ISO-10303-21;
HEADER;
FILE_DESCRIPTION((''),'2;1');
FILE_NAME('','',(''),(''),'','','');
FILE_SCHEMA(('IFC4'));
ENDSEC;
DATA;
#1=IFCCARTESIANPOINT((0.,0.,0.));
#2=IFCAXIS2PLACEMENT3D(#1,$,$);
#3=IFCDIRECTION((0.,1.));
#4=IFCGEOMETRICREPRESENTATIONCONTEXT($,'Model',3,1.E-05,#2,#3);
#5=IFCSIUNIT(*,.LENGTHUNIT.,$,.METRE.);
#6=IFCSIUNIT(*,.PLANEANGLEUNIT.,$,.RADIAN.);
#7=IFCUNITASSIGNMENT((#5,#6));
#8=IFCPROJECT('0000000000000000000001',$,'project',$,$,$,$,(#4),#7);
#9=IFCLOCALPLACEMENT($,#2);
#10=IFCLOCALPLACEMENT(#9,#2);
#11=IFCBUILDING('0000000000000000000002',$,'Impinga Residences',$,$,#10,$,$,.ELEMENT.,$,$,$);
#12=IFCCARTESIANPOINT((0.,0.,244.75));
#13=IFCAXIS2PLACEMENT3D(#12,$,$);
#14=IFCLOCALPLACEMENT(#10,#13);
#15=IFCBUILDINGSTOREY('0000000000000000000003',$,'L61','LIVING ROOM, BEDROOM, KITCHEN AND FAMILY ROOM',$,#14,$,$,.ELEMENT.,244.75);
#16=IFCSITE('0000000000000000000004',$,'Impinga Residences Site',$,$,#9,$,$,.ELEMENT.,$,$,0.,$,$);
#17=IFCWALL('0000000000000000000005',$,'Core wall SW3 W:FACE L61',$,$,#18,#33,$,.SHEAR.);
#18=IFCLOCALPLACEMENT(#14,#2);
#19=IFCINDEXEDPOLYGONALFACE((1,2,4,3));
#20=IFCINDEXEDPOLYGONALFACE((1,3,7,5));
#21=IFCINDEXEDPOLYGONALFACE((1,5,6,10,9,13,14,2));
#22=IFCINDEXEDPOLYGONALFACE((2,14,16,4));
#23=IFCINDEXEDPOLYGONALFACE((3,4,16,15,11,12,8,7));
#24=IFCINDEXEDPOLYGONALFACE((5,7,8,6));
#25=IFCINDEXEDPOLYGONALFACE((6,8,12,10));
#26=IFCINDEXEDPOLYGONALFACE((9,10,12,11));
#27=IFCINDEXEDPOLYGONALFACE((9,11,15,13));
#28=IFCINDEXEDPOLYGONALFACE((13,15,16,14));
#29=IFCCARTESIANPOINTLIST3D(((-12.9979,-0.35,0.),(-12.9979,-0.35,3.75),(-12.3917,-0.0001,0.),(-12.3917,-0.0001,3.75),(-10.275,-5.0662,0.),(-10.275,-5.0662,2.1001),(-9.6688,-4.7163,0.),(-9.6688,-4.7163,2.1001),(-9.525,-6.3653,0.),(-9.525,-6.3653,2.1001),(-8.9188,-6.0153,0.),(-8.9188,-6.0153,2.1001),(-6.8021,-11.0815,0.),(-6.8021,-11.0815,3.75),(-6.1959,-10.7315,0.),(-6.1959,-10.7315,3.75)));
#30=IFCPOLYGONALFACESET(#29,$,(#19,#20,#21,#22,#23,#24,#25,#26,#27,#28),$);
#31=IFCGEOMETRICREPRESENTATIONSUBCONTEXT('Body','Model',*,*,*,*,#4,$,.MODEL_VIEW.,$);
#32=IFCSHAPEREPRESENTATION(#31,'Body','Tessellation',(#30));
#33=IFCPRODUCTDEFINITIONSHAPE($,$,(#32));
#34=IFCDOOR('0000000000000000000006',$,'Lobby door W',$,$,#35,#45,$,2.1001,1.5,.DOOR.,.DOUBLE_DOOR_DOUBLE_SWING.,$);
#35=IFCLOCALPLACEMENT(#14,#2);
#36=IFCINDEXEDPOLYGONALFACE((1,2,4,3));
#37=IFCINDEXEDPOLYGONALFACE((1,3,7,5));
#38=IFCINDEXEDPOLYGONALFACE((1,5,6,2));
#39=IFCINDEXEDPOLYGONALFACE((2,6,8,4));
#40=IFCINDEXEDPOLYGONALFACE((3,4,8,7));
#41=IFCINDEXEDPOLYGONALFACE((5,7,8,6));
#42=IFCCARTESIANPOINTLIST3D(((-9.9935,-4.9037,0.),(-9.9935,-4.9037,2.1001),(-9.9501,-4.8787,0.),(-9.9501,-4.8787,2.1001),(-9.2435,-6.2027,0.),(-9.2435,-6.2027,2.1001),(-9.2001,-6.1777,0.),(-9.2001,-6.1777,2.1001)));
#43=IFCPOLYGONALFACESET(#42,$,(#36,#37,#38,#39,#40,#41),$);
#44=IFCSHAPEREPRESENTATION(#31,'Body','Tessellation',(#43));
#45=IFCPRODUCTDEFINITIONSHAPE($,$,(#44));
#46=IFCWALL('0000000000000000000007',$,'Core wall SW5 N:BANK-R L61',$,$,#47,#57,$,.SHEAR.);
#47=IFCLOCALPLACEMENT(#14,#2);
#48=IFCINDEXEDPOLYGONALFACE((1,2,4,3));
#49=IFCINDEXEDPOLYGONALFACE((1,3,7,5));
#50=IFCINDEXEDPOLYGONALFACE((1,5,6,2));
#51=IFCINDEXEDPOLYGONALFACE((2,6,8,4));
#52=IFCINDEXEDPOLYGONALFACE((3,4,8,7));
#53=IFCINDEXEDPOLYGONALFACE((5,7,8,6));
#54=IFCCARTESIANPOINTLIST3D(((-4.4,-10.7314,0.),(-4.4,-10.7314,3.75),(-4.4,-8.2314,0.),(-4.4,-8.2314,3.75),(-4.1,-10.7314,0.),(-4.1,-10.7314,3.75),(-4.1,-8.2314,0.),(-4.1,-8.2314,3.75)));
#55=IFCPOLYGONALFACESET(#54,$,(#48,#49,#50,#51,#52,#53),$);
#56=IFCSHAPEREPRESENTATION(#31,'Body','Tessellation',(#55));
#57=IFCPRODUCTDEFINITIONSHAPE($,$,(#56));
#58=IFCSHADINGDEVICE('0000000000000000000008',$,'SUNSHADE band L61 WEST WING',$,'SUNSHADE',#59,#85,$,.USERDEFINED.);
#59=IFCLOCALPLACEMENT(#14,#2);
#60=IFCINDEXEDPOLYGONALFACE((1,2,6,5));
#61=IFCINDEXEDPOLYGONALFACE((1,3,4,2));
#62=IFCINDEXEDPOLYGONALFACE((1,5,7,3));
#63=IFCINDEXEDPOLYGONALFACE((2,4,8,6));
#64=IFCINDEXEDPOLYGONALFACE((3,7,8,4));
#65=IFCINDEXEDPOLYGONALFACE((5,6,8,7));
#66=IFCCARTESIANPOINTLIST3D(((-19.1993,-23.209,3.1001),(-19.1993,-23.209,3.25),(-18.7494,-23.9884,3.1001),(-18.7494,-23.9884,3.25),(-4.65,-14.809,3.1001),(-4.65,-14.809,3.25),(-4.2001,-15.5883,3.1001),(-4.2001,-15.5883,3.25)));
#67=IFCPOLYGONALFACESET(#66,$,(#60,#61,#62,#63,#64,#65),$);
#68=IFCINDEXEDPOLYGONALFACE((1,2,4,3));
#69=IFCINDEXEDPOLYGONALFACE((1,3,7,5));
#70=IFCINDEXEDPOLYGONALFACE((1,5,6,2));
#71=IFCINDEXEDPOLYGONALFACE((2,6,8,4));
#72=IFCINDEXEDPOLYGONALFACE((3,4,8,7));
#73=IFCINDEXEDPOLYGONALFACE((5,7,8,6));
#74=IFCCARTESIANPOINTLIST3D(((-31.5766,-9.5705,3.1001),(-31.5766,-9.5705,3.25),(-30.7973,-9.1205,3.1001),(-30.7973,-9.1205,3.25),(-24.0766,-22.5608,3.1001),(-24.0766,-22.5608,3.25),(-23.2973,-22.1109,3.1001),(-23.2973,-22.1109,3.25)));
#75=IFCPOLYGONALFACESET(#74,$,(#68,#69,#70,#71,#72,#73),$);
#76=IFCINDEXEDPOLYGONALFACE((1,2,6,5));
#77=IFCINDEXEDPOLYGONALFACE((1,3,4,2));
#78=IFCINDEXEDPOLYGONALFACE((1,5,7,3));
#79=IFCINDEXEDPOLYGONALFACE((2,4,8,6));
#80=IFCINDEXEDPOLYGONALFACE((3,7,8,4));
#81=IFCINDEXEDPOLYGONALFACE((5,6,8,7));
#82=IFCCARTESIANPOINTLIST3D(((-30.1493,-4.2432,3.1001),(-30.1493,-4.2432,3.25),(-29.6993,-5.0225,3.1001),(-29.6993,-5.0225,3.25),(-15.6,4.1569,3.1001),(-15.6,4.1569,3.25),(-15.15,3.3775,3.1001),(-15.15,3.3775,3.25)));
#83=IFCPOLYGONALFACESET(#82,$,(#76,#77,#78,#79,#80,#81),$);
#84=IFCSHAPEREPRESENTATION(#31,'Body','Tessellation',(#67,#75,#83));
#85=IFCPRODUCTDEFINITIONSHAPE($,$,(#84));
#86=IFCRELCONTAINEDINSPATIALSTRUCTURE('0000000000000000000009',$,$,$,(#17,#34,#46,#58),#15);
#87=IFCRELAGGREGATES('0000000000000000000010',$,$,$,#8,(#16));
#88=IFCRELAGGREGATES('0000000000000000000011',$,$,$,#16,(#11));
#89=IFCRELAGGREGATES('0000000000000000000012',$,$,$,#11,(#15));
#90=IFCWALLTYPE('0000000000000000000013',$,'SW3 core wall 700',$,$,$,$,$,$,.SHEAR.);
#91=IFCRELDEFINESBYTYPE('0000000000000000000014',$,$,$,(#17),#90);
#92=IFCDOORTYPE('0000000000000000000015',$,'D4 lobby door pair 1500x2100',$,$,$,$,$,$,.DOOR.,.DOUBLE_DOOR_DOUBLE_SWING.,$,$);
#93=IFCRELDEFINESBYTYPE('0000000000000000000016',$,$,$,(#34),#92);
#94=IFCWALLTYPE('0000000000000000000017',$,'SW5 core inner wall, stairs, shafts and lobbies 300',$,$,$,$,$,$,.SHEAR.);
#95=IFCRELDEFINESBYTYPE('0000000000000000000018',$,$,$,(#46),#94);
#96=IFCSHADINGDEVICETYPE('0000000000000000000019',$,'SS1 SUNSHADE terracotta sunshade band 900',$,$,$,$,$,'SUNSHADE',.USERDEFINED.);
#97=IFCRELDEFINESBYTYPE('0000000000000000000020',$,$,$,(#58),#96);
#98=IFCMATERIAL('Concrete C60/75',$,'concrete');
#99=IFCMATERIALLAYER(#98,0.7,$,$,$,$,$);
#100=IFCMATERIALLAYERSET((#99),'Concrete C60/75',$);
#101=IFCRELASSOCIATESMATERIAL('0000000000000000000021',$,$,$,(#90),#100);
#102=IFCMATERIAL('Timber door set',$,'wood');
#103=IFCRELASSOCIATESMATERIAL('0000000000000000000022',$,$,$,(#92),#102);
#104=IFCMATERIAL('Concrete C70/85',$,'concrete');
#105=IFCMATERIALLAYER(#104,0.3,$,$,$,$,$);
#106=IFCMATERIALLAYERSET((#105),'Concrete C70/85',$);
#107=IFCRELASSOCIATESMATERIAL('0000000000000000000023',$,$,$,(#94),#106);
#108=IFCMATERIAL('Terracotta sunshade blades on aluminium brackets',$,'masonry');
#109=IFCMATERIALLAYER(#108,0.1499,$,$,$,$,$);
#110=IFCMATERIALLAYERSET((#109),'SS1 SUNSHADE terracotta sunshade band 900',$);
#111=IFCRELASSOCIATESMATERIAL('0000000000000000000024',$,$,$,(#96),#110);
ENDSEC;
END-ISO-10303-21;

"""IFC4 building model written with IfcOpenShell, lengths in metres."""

from ifc_helpers import new_model, si_unit, direction, frame, frame_2d, origin, origin_2d, place, context, subcontext, project, spatial, rectangle, extrude, material, layer, layer_set, type_object, element, fill, save


model = new_model("IFC4")

# Units and contexts
model_context = context("Model", 3, precision=1e-05, world=origin(), true_north=direction((0.0, 1.0)))
body_context = subcontext(model_context, "Body", "Model", "MODEL_VIEW")
ifc_project = project(units=[si_unit("LENGTHUNIT", "METRE"), si_unit("PLANEANGLEUNIT", "RADIAN")], contexts=[model_context])

# Site, building, storey
site_placement = place(None, origin())
site = spatial("IfcSite", under=ifc_project, at=site_placement, Name="Impinga Residences Site", CompositionType="ELEMENT", RefElevation=0.0)
building_placement = place(site_placement, origin())
building = spatial("IfcBuilding", under=site, at=building_placement, Name="Impinga Residences", CompositionType="ELEMENT")
storey_placement = place(building_placement, frame((0.0, 0.0, 244.75)))
storey = spatial("IfcBuildingStorey", under=building, at=storey_placement, Name="L61", Description="LIVING ROOM, BEDROOM, KITCHEN AND FAMILY ROOM", CompositionType="ELEMENT", Elevation=244.75)

# Shared definitions
ifc_material_1 = material(Name="Concrete C60/75", Category="concrete")

# Shared definitions
ifc_material_2 = material(Name="Timber door set", Category="wood")

# Wall, opening, door
ifc_layer_1 = layer(ifc_material_1, 0.7)
ifc_layer_set_1 = layer_set([ifc_layer_1], Name="Concrete C60/75")
wall_type_1 = type_object("IfcWallType", Name="SW3 core wall 700", PredefinedType="SHEAR", material=ifc_layer_set_1)
wall_1_placement = place(storey_placement, frame((-6.499, -10.9065, 0.0), z_axis=(0.0, 0.0, 1.0), x_axis=(-0.5, 0.866025, 0.0)))
wall_1 = element("IfcWall", 1, at=wall_1_placement, inside=storey, type_object=wall_type_1, Name="Core wall SW3 W:FACE L61", PredefinedType="SHEAR", context=body_context, shape_type="SweptSolid", body=[
    extrude(rectangle(XDim=12.3916, YDim=0.7, at=frame_2d((6.1958, 0.0))), origin(), (0.0, 0.0, 1.0), 3.75),
])
opening_1_placement = place(wall_1_placement, frame((5.4458, 0.0, 0.0)))
opening_1 = element("IfcOpeningElement", 2, at=opening_1_placement, cuts=wall_1, PredefinedType="OPENING", context=body_context, shape_type="SweptSolid", body=[
    extrude(rectangle(XDim=1.5, YDim=2.1001, at=frame_2d((0.75, 1.05))), frame((0.0, 0.3599, 0.0), z_axis=(0.0, -1.0, 0.0), x_axis=(1.0, 0.0, 0.0)), (0.0, 0.0, 1.0), 0.72),
])
door_type_1 = type_object("IfcDoorType", Name="D4 lobby door pair 1500x2100", OperationType="DOUBLE_DOOR_DOUBLE_SWING", PredefinedType="DOOR", material=ifc_material_2)
door_1_placement = place(opening_1_placement, origin())
door_1 = element("IfcDoor", 3, at=door_1_placement, inside=storey, type_object=door_type_1, Name="Lobby door W", OperationType="DOUBLE_DOOR_DOUBLE_SWING", OverallHeight=2.1001, OverallWidth=1.5, PredefinedType="DOOR", context=body_context, shape_type="SweptSolid", body=[
    extrude(rectangle(XDim=1.5, YDim=2.1001, at=frame_2d((0.75, 1.05))), frame((0.0, 0.0249, 0.0), z_axis=(0.0, -1.0, 0.0), x_axis=(1.0, 0.0, 0.0)), (0.0, 0.0, 1.0), 0.05),
])
fill(opening_1, door_1)

# Wall
ifc_material_3 = material(Name="Concrete C70/85", Category="concrete")
ifc_layer_2 = layer(ifc_material_3, 0.3)
ifc_layer_set_2 = layer_set([ifc_layer_2], Name="Concrete C70/85")
wall_type_2 = type_object("IfcWallType", Name="SW5 core inner wall, stairs, shafts and lobbies 300", PredefinedType="SHEAR", material=ifc_layer_set_2)
wall_2_placement = place(storey_placement, frame((-4.25, -8.2314, 0.0), z_axis=(0.0, 0.0, 1.0), x_axis=(0.0, -1.0, 0.0)))
element("IfcWall", 4, at=wall_2_placement, inside=storey, type_object=wall_type_2, Name="Core wall SW5 N:BANK-R L61", PredefinedType="SHEAR", context=body_context, shape_type="SweptSolid", body=[
    extrude(rectangle(XDim=2.5, YDim=0.3, at=frame_2d((1.25, 0.0))), origin(), (0.0, 0.0, 1.0), 3.75),
])

# Shading device
ifc_material_4 = material(Name="Terracotta sunshade blades on aluminium brackets", Category="masonry")
ifc_layer_3 = layer(ifc_material_4, 0.1499)
ifc_layer_set_3 = layer_set([ifc_layer_3], Name="SS1 SUNSHADE terracotta sunshade band 900")
shading_device_type = type_object("IfcShadingDeviceType", Name="SS1 SUNSHADE terracotta sunshade band 900", ElementType="SUNSHADE", PredefinedType="USERDEFINED", material=ifc_layer_set_3)
shading_device_placement = place(storey_placement, frame((-11.6997, -19.3987, 3.1001), z_axis=(0.0, 0.0, 1.0), x_axis=(-0.866025, -0.5, 0.0)))
element("IfcShadingDevice", 5, at=shading_device_placement, inside=storey, type_object=shading_device_type, Name="SUNSHADE band L61 WEST WING", ObjectType="SUNSHADE", PredefinedType="USERDEFINED", context=body_context, shape_type="SweptSolid", body=[
    extrude(rectangle(XDim=16.8, YDim=0.8999, at=origin_2d()), origin(), (0.0, 0.0, 1.0), 0.1499),
    extrude(rectangle(XDim=15.0, YDim=0.8999, at=origin_2d()), frame((11.8499, -10.95, 0.0), z_axis=(0.0, 0.0, 1.0), x_axis=(0.0, -1.0, 0.0)), (0.0, 0.0, 1.0), 0.1499),
    extrude(rectangle(XDim=16.8, YDim=0.8999, at=origin_2d()), frame((0.0, -21.8999, 0.0), z_axis=(0.0, 0.0, 1.0), x_axis=(-1.0, 0.0, 0.0)), (0.0, 0.0, 1.0), 0.1499),
])

save(model, "model.ifc")
